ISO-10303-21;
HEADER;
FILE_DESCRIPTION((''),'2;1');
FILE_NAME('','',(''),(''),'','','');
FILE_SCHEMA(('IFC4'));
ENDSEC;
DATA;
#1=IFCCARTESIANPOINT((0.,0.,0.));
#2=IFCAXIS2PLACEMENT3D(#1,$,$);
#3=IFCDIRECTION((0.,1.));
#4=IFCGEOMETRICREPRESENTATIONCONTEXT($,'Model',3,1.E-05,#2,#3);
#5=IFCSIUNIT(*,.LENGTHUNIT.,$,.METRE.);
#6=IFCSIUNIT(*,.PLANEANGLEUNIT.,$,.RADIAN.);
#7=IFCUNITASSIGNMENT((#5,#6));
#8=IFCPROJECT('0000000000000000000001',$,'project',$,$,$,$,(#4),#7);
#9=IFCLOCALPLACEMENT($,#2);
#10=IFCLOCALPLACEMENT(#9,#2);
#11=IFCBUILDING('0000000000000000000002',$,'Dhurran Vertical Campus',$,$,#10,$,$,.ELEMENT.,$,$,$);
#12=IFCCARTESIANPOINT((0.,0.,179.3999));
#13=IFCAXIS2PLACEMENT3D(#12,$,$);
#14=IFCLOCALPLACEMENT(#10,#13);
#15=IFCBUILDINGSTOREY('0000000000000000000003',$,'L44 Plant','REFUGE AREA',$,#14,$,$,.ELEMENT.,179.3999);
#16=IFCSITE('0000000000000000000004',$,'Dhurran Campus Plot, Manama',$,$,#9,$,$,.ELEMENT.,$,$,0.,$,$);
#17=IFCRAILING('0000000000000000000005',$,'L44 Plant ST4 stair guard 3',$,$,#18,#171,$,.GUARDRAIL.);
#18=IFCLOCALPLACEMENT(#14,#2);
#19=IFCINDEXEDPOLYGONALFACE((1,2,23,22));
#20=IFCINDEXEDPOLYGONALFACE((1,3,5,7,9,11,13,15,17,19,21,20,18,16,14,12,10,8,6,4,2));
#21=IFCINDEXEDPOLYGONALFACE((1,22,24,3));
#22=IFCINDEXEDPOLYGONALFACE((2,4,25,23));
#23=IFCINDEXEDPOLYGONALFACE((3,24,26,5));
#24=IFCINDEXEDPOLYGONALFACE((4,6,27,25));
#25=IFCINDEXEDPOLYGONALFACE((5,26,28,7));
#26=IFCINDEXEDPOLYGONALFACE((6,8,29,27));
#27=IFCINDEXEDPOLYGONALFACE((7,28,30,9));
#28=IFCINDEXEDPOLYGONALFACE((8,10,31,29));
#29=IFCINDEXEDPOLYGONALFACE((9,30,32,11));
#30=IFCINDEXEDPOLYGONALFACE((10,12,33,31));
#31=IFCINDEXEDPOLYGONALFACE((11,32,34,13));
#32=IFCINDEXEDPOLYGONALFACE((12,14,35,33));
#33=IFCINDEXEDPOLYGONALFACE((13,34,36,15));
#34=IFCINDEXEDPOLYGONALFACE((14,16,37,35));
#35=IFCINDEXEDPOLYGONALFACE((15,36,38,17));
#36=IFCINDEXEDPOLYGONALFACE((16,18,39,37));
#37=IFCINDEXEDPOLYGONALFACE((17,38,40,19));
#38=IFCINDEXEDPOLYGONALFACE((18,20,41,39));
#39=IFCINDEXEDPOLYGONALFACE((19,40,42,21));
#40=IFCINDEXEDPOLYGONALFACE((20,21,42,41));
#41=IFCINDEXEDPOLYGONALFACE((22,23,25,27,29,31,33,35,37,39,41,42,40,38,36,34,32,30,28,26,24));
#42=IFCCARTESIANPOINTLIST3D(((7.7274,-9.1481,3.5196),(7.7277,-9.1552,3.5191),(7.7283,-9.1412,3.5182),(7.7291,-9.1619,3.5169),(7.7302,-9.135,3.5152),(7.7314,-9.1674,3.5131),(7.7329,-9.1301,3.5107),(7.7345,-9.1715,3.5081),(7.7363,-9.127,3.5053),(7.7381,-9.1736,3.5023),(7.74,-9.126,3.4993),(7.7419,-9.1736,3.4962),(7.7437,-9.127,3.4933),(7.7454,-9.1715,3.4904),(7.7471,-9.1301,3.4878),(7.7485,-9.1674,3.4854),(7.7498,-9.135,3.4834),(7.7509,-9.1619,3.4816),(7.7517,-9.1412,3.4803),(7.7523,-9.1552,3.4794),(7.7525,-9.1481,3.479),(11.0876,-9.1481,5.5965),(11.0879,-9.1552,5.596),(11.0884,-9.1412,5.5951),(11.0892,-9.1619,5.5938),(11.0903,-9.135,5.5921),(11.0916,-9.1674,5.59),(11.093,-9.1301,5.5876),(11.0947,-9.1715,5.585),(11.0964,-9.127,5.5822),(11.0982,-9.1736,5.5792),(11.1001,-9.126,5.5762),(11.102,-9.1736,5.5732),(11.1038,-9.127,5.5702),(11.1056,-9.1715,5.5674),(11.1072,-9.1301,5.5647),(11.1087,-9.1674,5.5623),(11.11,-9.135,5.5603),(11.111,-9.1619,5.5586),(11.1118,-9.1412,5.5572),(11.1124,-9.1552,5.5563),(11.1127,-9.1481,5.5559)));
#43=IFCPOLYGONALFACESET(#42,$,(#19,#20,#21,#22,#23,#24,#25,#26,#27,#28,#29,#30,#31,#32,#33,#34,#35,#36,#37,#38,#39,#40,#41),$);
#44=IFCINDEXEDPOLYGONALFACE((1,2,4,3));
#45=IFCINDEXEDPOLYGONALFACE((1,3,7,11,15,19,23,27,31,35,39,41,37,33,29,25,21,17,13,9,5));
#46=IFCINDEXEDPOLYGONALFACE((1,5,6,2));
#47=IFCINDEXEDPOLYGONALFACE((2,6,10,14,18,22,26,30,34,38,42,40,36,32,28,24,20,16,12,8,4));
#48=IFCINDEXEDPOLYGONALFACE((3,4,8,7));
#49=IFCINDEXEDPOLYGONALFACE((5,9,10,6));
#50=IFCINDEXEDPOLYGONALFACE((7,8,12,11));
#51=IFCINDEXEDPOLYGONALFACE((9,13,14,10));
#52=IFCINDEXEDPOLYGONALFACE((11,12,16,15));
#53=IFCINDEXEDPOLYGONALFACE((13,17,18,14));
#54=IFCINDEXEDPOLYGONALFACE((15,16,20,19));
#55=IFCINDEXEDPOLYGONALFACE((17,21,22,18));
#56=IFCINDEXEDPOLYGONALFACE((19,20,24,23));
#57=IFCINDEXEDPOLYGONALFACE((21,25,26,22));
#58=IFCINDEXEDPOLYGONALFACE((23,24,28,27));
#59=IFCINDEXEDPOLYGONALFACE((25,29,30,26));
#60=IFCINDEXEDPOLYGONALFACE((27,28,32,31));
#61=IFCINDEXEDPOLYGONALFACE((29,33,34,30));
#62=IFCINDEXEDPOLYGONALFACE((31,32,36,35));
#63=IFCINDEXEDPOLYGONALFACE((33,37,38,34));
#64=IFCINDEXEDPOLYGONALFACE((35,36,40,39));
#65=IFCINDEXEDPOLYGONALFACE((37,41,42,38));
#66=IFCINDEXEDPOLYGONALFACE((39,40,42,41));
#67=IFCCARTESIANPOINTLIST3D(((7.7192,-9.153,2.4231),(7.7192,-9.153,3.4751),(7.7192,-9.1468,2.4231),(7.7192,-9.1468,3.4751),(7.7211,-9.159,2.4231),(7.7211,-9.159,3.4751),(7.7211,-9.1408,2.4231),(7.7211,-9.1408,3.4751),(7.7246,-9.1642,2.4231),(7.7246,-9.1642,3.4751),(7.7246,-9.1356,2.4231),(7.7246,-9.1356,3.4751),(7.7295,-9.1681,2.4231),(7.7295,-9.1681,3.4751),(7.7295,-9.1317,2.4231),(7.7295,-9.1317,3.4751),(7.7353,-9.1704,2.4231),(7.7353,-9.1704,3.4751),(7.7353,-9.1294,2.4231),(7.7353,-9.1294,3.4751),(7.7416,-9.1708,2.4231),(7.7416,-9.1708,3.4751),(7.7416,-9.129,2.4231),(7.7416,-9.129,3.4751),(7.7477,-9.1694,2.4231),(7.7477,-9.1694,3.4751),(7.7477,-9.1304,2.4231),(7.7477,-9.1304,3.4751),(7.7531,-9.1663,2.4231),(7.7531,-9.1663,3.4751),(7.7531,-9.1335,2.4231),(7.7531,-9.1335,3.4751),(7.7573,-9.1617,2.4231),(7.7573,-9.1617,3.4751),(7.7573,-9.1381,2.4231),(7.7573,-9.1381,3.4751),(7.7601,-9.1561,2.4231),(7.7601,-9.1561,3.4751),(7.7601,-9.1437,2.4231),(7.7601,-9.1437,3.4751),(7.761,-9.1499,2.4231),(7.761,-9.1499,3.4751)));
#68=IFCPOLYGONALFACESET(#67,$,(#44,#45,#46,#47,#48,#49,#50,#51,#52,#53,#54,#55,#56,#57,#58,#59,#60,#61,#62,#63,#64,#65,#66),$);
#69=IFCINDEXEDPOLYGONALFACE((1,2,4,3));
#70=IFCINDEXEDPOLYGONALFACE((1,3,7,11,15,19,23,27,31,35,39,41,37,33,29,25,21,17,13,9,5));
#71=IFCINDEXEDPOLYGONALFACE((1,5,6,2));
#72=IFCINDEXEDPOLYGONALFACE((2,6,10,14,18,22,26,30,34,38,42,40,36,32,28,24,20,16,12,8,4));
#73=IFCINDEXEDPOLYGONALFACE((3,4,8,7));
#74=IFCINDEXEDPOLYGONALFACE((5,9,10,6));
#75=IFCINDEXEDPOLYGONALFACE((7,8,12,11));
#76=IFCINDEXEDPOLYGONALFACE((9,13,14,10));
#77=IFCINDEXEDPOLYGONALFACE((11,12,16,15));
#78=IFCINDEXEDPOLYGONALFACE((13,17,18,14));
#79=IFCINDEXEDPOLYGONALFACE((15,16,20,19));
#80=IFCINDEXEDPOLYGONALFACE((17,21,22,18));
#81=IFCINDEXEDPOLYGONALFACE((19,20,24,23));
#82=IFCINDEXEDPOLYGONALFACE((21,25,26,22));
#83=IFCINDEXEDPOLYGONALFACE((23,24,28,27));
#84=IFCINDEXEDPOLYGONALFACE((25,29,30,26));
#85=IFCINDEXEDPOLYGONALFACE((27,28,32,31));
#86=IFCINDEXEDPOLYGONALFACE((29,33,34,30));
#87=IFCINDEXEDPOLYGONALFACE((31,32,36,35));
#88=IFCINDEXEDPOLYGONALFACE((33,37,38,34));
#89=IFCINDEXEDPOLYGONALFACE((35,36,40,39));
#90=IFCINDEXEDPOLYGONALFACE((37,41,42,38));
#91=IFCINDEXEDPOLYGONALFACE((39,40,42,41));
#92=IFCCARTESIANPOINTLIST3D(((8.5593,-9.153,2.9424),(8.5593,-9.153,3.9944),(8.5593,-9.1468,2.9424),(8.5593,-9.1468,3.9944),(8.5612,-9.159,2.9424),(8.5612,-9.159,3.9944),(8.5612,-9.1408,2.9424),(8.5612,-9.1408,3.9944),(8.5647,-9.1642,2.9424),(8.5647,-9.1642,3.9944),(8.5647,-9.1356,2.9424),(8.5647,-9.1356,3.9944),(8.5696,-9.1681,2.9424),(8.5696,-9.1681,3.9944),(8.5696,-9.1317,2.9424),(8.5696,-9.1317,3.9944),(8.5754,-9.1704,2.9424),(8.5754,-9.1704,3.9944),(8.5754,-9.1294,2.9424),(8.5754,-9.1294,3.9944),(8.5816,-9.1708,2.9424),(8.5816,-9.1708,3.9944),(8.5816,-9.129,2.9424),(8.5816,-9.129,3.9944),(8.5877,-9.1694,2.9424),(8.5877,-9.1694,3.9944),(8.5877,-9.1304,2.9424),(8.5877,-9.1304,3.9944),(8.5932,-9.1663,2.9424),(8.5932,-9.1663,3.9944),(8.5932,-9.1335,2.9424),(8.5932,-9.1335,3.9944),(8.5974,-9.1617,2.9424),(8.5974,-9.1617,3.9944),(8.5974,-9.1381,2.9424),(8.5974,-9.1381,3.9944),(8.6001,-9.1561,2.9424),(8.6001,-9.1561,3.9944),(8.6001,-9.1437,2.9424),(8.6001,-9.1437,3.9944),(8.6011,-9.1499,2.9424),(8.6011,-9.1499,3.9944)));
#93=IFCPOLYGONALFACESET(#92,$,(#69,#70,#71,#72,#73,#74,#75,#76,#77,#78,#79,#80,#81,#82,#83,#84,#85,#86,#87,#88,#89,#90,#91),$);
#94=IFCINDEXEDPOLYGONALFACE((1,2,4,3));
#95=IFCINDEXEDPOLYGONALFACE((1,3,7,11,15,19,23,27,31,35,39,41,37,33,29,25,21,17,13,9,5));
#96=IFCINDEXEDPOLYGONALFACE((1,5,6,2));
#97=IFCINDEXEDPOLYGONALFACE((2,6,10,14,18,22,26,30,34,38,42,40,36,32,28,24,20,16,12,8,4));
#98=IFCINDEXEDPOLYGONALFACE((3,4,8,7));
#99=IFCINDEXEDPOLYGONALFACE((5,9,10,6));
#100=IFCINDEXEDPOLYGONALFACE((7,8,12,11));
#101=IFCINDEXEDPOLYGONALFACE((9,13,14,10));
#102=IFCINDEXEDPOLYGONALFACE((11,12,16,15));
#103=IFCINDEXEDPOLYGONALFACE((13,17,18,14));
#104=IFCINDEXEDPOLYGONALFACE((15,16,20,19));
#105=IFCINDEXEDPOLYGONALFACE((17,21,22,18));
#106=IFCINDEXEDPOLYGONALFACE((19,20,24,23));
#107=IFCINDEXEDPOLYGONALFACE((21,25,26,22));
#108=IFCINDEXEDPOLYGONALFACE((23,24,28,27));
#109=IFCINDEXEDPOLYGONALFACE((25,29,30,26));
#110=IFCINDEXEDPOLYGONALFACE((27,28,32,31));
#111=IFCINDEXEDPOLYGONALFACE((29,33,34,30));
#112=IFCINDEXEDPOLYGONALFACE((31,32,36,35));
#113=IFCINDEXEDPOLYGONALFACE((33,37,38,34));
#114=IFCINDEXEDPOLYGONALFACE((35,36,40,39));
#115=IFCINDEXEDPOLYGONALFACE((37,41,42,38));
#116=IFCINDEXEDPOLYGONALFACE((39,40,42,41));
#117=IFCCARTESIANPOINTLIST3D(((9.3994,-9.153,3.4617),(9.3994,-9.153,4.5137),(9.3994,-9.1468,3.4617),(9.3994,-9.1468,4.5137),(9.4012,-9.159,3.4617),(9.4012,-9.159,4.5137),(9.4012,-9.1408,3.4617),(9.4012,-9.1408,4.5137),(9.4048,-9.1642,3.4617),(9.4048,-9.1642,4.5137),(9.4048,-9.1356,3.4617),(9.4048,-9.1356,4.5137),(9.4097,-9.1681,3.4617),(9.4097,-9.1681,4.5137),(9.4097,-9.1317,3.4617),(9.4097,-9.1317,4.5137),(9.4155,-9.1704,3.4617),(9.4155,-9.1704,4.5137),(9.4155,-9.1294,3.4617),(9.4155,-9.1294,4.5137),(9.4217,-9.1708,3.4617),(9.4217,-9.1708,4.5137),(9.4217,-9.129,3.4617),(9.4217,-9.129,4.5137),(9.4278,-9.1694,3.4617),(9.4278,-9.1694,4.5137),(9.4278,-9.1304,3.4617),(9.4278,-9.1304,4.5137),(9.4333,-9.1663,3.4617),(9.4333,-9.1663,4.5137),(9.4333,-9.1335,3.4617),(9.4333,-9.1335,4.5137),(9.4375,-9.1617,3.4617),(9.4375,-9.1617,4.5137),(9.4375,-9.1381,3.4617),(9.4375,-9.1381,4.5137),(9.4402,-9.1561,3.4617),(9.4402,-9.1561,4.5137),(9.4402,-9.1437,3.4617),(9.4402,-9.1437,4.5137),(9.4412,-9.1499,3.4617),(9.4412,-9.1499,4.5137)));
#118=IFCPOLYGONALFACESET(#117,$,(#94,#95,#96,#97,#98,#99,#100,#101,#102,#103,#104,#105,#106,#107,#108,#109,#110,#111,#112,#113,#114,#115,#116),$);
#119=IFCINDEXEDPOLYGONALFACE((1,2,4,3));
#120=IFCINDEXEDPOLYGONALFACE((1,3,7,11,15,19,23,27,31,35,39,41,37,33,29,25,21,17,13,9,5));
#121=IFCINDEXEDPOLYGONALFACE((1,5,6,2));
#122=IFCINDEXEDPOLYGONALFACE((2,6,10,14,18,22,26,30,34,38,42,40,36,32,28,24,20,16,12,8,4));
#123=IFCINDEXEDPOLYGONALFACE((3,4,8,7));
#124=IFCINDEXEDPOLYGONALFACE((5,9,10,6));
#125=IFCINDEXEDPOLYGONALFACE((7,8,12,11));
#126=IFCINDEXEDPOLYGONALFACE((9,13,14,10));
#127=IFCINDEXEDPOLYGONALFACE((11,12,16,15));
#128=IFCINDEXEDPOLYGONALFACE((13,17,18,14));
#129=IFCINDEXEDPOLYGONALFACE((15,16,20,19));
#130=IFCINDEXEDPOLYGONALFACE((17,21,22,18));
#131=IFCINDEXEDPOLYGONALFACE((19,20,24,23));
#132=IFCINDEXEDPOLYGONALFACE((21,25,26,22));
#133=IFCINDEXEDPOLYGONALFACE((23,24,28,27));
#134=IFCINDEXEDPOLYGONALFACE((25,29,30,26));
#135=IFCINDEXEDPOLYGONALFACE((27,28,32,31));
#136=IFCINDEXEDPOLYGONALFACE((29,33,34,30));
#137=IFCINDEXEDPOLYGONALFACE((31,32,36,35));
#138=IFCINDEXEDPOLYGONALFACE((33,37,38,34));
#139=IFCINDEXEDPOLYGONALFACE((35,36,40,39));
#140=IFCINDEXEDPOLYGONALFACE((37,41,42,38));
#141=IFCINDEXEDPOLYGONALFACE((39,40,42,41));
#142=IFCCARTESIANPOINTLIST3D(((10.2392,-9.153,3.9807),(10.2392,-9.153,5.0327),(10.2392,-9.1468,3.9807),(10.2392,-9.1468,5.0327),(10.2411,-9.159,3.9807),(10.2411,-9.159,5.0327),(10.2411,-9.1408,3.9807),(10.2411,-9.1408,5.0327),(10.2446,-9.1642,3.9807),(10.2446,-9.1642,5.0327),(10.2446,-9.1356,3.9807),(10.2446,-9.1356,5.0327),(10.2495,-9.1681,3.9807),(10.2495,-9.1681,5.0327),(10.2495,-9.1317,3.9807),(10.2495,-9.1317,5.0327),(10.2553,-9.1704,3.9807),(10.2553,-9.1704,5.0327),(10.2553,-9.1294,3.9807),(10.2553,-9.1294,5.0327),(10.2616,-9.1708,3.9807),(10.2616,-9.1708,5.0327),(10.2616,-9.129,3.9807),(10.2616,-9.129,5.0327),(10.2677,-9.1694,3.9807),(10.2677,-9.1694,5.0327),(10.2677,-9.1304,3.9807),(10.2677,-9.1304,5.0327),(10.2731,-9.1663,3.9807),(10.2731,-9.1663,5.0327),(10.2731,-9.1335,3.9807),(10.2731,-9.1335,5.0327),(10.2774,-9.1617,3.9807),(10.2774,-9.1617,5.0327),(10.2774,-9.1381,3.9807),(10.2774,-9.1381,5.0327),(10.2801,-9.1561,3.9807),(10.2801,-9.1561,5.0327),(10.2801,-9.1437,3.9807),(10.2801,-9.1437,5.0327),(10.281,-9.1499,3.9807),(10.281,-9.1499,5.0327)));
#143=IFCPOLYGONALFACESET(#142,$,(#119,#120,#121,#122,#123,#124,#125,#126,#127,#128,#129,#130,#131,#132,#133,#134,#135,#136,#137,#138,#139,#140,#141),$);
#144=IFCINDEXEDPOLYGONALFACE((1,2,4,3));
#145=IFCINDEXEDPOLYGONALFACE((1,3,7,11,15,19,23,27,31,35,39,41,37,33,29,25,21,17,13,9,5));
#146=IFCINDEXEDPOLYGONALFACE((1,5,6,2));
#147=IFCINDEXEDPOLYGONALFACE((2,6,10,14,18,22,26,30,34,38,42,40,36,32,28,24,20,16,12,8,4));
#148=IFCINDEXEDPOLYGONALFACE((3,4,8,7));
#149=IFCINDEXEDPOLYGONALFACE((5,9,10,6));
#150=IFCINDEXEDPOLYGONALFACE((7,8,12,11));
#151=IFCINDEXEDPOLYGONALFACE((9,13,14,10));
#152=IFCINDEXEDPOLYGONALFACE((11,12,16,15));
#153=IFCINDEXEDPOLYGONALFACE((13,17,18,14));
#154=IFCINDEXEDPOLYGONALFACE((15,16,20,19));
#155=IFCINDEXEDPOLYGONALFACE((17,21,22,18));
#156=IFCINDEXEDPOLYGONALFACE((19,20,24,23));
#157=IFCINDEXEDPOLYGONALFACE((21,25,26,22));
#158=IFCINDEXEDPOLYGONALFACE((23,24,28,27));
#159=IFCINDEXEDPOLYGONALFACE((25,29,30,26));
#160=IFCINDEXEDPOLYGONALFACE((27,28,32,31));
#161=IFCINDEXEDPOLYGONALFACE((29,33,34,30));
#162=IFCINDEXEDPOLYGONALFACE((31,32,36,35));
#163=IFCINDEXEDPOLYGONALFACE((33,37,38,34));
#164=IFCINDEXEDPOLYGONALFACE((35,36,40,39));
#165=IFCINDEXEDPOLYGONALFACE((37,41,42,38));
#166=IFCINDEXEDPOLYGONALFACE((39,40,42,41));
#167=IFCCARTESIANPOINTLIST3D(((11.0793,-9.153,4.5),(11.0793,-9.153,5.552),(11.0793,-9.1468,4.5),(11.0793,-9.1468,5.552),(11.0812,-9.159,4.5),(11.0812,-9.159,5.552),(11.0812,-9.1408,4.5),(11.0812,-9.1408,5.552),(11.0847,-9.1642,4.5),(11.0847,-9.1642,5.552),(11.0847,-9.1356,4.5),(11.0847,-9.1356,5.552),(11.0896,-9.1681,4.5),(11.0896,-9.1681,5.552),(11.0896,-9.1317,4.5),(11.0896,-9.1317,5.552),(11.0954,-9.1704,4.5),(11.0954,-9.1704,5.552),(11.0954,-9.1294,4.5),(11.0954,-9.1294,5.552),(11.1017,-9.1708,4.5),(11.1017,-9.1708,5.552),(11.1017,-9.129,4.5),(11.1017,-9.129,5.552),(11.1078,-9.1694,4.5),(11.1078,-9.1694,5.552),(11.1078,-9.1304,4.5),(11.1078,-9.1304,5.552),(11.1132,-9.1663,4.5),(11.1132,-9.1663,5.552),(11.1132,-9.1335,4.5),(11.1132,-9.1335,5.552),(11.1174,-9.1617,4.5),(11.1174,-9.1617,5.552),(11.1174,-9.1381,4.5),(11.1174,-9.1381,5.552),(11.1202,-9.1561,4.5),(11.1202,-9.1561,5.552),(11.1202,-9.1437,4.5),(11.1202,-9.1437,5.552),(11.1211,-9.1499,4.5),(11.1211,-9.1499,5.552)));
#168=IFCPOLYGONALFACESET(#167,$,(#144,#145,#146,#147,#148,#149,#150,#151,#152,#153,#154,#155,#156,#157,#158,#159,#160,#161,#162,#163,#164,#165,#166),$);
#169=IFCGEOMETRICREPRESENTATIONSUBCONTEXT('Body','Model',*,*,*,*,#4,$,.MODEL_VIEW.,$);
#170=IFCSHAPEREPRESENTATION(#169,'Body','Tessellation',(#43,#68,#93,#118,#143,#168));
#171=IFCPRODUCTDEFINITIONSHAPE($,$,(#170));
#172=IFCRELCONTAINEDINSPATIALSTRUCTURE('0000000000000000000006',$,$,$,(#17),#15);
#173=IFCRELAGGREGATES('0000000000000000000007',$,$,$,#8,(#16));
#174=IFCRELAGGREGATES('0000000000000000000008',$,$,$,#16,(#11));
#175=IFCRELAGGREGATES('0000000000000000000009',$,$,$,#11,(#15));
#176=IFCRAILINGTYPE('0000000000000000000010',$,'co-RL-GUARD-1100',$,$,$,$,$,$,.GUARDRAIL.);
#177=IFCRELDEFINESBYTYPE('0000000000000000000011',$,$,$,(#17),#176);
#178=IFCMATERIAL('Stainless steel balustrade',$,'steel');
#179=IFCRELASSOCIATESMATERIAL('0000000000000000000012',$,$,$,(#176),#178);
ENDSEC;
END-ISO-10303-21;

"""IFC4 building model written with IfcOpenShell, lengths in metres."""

from ifc_helpers import new_model, si_unit, direction, frame, origin, origin_2d, place, context, subcontext, project, spatial, circle, extrude, material, type_object, element, save


model = new_model("IFC4")

# Units and contexts
model_context = context("Model", 3, precision=1e-05, world=origin(), true_north=direction((0.0, 1.0)))
body_context = subcontext(model_context, "Body", "Model", "MODEL_VIEW")
ifc_project = project(units=[si_unit("LENGTHUNIT", "METRE"), si_unit("PLANEANGLEUNIT", "RADIAN")], contexts=[model_context])

# Site, building, storey
site_placement = place(None, origin())
site = spatial("IfcSite", under=ifc_project, at=site_placement, Name="Dhurran Campus Plot, Manama", CompositionType="ELEMENT", RefElevation=0.0)
building_placement = place(site_placement, origin())
building = spatial("IfcBuilding", under=site, at=building_placement, Name="Dhurran Vertical Campus", CompositionType="ELEMENT")
storey_placement = place(building_placement, frame((0.0, 0.0, 179.3999)))
storey = spatial("IfcBuildingStorey", under=building, at=storey_placement, Name="L44 Plant", Description="REFUGE AREA", CompositionType="ELEMENT", Elevation=179.3999)

# Railing
ifc_material_1 = material(Name="Stainless steel balustrade", Category="steel")
railing_type_1 = type_object("IfcRailingType", Name="co-RL-GUARD-1100", PredefinedType="GUARDRAIL", material=ifc_material_1)
railing_1_placement = place(storey_placement, frame((7.74, -9.1499, 2.4231)))
element("IfcRailing", 1, at=railing_1_placement, inside=storey, type_object=railing_type_1, Name="L44 Plant ST4 stair guard 3", PredefinedType="GUARDRAIL", context=body_context, shape_type="SweptSolid", body=[
    extrude(circle(Radius=0.0239, at=origin_2d()), frame((0.0, 0.0, 1.0762), z_axis=(0.850623, 0.0, 0.525776), x_axis=(0.0, 1.0, 0.0)), (0.0, 0.0, 1.0), 3.9502),
    extrude(circle(Radius=0.021, at=origin_2d()), origin(), (0.0, 0.0, 1.0), 1.052),
    extrude(circle(Radius=0.021, at=origin_2d()), frame((0.8401, 0.0, 0.5193)), (0.0, 0.0, 1.0), 1.052),
    extrude(circle(Radius=0.021, at=origin_2d()), frame((1.6802, 0.0, 1.0386)), (0.0, 0.0, 1.0), 1.052),
    extrude(circle(Radius=0.021, at=origin_2d()), frame((2.52, 0.0, 1.5576)), (0.0, 0.0, 1.0), 1.052),
    extrude(circle(Radius=0.021, at=origin_2d()), frame((3.3601, 0.0, 2.0769)), (0.0, 0.0, 1.0), 1.052),
])

save(model, "model.ifc")
